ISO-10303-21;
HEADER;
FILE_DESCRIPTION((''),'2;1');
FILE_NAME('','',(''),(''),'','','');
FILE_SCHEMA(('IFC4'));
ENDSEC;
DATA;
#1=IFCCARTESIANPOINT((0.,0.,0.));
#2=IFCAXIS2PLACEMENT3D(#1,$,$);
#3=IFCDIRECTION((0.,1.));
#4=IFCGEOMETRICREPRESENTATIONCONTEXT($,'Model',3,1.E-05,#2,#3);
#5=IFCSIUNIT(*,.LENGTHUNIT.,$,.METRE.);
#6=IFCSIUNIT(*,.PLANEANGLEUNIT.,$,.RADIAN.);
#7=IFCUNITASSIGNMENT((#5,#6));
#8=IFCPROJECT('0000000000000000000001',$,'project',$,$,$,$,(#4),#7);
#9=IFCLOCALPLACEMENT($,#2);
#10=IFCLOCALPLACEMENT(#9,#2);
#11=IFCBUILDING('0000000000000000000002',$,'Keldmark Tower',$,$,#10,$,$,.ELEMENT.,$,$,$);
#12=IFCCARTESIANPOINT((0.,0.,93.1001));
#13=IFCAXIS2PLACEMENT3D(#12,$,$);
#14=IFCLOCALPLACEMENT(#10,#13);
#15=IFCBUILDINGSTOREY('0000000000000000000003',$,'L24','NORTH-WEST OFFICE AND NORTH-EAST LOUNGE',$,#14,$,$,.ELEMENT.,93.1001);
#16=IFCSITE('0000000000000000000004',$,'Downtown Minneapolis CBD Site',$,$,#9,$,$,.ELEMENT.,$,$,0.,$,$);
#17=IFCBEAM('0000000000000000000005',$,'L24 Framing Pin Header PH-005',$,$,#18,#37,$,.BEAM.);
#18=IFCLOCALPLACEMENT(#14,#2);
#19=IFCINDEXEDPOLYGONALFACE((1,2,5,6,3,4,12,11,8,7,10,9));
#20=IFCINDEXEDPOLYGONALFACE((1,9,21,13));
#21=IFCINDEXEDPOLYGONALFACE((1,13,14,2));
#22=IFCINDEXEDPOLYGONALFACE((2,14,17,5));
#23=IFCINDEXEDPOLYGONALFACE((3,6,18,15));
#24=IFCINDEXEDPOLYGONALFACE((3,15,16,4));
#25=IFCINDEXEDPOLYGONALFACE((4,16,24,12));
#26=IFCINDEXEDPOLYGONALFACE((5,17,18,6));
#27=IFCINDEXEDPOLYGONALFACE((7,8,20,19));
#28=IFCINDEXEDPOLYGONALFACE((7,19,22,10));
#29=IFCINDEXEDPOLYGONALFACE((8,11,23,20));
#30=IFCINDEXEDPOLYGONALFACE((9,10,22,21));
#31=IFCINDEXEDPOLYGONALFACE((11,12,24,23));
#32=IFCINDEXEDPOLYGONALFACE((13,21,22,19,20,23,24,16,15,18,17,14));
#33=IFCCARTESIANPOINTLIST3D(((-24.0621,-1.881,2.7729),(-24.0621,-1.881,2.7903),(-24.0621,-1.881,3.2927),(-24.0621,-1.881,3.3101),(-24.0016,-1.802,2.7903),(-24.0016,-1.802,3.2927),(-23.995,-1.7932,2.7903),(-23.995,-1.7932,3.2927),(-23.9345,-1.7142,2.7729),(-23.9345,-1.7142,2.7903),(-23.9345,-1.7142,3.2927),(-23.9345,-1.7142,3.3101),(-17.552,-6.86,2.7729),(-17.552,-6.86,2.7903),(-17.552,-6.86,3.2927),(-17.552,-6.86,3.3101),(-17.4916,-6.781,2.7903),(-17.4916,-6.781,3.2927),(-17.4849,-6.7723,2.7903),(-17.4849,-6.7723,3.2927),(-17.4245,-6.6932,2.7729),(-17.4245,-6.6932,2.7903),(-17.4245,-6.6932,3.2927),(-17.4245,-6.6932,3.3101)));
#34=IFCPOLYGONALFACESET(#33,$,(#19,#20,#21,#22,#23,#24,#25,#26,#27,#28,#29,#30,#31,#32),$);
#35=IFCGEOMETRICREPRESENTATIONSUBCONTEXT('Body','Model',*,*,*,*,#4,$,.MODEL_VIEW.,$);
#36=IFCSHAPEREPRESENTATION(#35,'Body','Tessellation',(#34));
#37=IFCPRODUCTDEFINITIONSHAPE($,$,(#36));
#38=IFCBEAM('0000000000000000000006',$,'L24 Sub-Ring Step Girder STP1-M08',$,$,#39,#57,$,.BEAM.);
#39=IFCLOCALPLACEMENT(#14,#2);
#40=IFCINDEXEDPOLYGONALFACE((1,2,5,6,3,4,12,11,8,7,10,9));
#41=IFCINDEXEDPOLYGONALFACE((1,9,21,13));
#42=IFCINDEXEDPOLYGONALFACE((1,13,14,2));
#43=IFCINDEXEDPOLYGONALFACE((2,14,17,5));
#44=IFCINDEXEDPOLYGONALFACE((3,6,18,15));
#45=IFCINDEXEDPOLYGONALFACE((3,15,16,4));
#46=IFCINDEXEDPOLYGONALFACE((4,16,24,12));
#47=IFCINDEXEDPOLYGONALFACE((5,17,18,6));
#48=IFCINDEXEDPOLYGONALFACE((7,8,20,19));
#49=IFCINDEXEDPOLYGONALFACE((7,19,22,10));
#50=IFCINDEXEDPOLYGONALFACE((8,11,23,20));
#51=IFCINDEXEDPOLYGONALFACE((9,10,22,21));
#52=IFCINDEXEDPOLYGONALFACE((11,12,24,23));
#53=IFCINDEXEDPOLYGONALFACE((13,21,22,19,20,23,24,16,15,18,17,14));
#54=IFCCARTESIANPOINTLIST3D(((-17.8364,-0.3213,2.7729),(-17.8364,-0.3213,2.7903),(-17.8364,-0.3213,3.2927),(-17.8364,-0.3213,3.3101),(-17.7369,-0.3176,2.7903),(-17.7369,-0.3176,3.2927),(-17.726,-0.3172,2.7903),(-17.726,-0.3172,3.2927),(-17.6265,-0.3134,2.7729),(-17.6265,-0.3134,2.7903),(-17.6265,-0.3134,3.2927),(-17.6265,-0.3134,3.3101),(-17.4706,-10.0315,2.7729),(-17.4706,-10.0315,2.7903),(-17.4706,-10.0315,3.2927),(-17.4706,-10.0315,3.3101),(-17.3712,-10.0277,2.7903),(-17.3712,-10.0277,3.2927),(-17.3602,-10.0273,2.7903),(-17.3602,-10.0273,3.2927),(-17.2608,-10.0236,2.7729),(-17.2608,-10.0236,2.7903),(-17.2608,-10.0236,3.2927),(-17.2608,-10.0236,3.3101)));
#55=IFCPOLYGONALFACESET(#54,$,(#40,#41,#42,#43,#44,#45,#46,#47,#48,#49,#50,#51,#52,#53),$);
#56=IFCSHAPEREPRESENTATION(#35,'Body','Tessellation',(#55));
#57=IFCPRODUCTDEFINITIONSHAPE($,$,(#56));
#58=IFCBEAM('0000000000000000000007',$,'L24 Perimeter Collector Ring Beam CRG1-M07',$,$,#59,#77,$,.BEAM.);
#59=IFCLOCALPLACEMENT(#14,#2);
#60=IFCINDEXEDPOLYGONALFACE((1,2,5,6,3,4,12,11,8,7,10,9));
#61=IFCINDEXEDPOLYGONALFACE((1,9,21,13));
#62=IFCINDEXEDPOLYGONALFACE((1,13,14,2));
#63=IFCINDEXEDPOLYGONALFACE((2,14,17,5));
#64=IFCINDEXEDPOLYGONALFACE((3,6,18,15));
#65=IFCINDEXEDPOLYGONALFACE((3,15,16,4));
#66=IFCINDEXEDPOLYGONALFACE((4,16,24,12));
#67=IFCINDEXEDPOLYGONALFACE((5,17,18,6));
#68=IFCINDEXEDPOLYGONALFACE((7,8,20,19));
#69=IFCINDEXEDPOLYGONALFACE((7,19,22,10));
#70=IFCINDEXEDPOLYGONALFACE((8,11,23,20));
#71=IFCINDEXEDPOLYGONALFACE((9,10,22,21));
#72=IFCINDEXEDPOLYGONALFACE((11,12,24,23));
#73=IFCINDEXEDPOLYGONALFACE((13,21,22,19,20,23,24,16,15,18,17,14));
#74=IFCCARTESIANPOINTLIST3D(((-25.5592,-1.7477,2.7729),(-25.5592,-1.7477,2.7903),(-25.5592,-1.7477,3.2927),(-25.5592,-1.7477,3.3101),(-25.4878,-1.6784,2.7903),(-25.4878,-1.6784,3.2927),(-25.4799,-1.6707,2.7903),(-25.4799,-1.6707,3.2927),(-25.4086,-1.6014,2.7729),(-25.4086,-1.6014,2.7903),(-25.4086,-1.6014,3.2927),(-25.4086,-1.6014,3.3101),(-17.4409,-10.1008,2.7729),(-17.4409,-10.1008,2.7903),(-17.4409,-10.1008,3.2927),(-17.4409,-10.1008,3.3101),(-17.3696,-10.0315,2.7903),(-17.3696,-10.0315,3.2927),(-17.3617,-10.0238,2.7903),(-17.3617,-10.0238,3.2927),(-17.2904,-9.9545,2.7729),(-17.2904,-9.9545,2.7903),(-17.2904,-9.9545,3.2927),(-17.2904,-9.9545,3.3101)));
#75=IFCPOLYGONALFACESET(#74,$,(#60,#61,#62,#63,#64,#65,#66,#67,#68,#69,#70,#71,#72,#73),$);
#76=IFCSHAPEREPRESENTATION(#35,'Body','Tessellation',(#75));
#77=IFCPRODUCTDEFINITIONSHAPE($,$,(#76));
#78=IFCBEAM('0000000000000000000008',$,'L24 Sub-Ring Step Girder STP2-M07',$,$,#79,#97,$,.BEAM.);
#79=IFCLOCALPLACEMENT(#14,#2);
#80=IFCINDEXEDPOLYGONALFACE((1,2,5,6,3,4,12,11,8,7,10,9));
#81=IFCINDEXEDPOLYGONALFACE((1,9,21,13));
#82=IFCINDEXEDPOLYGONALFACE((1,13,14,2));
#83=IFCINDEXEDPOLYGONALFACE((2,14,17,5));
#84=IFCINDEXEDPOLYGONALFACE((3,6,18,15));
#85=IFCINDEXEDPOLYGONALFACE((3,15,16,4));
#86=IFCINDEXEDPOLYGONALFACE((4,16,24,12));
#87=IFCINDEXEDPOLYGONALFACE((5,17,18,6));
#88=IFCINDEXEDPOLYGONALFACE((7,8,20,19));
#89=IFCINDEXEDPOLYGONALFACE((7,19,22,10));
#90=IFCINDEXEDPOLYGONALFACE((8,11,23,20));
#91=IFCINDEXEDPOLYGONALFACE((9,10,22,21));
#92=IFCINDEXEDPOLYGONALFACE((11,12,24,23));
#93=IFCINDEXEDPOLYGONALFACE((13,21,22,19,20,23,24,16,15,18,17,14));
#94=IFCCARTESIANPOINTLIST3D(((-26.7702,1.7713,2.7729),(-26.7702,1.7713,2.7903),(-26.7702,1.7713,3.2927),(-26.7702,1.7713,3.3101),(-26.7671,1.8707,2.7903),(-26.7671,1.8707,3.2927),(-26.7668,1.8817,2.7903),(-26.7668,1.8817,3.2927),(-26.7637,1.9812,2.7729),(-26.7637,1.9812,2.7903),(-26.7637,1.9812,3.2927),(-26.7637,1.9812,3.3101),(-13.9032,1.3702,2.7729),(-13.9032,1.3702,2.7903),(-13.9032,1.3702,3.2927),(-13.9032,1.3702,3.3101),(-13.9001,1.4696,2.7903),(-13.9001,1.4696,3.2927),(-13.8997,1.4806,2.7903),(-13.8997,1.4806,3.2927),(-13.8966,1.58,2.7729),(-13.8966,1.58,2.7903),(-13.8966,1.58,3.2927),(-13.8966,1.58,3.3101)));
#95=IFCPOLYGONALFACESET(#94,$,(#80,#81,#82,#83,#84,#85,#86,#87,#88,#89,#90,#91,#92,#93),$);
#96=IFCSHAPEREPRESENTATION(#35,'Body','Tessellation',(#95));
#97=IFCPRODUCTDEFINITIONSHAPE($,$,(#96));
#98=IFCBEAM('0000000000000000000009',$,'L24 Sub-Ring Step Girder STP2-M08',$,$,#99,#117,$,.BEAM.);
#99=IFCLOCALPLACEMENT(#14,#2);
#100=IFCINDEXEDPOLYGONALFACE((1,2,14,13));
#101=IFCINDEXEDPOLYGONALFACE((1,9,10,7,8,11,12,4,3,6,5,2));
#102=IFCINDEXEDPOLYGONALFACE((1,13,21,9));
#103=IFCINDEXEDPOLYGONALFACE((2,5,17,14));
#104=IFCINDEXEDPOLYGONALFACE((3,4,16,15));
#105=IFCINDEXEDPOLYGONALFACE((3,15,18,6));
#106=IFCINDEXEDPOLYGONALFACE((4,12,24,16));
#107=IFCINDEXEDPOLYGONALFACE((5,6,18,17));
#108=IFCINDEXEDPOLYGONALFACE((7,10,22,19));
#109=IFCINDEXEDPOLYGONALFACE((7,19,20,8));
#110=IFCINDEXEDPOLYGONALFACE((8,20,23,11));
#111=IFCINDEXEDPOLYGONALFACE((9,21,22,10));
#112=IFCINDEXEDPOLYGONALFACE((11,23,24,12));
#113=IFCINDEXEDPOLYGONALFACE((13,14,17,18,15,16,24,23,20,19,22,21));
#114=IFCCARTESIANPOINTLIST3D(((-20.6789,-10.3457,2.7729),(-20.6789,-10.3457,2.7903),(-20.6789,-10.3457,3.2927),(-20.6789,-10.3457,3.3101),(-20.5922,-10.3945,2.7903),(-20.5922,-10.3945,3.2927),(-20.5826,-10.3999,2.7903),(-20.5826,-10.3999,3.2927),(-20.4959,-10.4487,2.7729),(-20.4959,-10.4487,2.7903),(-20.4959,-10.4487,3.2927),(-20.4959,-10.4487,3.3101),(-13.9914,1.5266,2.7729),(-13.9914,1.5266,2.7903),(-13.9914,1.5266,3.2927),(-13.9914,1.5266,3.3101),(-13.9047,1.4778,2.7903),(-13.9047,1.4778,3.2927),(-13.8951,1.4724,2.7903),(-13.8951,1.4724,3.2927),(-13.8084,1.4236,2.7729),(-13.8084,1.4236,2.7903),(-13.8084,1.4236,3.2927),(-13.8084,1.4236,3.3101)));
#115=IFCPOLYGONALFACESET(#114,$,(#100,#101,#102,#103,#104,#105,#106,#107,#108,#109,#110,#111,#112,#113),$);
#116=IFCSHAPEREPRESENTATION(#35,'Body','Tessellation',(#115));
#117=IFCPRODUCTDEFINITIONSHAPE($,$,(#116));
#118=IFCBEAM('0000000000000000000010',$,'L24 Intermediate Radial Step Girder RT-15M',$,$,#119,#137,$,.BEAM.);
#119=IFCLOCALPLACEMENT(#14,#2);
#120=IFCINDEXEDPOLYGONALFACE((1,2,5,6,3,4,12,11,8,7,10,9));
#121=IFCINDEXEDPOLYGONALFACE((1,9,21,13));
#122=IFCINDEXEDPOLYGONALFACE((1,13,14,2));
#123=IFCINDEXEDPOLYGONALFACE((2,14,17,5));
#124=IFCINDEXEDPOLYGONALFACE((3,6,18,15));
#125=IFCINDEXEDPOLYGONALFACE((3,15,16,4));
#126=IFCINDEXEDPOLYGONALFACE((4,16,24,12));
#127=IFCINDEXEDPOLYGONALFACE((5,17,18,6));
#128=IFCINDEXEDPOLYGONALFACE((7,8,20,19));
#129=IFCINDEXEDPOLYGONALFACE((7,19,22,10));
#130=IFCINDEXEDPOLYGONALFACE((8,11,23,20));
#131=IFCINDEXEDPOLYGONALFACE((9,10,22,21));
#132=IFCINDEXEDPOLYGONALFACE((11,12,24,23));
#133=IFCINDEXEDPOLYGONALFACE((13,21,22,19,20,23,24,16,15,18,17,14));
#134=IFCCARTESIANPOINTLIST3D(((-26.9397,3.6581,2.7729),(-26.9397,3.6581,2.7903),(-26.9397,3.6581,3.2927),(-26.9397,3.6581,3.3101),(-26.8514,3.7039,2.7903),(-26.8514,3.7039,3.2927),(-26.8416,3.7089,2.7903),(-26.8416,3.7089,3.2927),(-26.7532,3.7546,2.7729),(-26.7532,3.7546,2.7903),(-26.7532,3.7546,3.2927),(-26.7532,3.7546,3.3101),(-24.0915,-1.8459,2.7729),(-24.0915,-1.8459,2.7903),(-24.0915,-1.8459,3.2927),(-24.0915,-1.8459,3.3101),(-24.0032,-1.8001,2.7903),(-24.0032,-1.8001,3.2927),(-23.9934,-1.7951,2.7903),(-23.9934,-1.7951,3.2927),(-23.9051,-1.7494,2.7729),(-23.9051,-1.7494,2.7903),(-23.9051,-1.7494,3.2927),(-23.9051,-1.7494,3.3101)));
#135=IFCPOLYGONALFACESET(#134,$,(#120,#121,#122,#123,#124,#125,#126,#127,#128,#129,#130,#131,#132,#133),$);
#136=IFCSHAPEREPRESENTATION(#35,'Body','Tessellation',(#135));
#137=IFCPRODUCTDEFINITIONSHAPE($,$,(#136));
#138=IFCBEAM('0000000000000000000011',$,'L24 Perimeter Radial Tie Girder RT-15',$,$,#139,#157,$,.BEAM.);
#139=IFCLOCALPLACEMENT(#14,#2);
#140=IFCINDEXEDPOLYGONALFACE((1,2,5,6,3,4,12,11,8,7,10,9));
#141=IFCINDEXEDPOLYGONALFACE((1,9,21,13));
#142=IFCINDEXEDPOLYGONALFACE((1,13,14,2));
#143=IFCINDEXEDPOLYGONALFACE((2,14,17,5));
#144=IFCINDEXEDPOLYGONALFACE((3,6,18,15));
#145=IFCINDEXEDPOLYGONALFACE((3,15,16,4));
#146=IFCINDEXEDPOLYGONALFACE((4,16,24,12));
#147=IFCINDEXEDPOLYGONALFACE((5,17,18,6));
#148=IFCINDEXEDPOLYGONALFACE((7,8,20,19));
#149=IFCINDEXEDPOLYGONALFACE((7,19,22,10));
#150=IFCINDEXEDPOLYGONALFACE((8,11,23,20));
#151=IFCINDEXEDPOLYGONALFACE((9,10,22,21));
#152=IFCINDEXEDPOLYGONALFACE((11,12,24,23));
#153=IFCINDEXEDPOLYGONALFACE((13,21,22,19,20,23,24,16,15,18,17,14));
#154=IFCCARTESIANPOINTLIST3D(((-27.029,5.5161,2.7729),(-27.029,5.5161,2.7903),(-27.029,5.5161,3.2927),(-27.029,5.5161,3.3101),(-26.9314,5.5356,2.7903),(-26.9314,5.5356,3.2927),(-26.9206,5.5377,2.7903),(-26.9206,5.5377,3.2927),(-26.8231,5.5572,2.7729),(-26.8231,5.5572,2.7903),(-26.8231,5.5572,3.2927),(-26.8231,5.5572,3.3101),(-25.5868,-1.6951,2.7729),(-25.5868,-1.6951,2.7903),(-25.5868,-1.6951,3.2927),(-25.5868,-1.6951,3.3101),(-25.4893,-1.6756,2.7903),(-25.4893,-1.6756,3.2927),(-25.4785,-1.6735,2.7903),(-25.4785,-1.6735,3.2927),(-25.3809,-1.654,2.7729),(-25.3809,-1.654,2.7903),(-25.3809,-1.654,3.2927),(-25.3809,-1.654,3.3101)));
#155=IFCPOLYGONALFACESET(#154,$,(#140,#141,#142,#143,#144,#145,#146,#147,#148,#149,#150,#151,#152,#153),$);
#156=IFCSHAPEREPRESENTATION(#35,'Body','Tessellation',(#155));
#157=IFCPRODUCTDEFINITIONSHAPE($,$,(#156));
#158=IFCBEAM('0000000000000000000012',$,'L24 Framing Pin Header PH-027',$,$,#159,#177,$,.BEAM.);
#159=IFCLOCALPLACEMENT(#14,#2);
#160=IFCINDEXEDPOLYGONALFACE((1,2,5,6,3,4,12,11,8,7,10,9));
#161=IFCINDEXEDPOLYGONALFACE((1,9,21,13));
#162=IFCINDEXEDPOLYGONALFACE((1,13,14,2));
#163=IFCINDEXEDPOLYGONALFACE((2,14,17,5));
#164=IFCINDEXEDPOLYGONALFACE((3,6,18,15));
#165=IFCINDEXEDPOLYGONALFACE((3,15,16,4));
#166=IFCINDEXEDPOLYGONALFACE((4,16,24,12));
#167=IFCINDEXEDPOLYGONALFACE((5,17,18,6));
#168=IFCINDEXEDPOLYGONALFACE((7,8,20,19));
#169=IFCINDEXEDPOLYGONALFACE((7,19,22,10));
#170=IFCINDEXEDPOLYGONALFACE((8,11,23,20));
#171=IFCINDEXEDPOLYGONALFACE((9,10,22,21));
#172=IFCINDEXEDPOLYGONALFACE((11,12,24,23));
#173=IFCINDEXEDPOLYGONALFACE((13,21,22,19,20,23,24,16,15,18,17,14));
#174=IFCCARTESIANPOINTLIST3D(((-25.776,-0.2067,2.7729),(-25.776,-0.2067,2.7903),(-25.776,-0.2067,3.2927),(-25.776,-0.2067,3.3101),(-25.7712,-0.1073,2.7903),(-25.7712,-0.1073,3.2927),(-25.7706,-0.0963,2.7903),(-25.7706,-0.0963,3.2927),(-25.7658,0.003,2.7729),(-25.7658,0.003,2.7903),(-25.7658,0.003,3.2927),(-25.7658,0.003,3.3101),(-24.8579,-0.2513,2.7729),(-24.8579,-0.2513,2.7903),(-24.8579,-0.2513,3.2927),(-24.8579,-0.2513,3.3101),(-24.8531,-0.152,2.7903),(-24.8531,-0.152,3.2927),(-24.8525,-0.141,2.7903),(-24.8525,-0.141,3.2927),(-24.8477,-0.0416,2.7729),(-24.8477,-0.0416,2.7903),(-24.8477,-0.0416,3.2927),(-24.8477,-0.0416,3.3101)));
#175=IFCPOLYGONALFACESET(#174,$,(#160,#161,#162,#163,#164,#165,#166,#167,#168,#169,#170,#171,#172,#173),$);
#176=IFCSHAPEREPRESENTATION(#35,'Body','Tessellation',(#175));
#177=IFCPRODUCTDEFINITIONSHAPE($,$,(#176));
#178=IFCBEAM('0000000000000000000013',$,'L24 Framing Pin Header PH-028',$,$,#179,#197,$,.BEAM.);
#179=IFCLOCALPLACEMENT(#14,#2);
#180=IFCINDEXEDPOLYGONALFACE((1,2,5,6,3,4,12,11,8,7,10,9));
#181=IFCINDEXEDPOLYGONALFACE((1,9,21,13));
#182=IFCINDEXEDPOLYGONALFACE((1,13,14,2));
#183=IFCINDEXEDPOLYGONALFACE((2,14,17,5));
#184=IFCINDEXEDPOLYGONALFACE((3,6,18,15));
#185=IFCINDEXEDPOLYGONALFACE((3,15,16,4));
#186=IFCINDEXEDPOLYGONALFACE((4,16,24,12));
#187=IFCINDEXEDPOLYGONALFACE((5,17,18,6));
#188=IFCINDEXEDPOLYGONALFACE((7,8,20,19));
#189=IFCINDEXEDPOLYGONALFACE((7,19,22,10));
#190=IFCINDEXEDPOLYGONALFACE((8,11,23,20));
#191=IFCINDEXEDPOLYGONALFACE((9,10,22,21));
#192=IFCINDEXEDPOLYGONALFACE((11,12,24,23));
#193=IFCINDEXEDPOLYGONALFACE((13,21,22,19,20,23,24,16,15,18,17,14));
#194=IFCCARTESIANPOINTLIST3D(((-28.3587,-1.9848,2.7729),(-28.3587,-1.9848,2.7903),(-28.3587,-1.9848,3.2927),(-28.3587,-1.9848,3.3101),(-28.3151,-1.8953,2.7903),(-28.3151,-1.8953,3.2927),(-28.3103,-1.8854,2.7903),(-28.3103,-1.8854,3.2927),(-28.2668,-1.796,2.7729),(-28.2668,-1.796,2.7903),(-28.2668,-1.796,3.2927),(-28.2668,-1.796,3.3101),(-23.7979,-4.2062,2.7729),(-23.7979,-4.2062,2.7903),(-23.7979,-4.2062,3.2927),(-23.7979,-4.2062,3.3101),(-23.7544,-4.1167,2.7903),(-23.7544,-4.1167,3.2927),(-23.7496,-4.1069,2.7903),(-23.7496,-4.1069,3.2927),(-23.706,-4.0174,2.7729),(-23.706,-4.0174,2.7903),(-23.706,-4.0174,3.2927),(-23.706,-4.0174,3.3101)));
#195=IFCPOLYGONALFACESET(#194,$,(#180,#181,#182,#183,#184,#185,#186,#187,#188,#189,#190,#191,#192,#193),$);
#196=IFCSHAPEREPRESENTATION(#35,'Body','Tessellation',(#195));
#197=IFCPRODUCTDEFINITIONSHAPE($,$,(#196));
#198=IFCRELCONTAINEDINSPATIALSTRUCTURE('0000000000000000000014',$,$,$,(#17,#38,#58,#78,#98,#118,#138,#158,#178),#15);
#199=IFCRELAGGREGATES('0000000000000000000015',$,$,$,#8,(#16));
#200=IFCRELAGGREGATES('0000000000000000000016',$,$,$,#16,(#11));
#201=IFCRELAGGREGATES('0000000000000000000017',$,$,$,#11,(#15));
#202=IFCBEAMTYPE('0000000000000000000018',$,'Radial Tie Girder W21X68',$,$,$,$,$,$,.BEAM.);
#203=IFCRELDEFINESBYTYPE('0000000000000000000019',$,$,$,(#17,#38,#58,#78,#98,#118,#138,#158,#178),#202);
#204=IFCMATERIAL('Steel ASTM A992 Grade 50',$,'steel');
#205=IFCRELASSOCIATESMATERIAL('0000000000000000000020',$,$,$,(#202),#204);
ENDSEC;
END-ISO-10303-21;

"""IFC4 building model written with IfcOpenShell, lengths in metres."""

from ifc_helpers import new_model, si_unit, direction, frame, origin, origin_2d, place, context, subcontext, project, spatial, i_section, extrude, material, material_profile, profile_set, type_object, element, save


model = new_model("IFC4")

# Units and contexts
model_context = context("Model", 3, precision=1e-05, world=origin(), true_north=direction((0.0, 1.0)))
body_context = subcontext(model_context, "Body", "Model", "MODEL_VIEW")
ifc_project = project(units=[si_unit("LENGTHUNIT", "METRE"), si_unit("PLANEANGLEUNIT", "RADIAN")], contexts=[model_context])

# Site, building, storey
site_placement = place(None, origin())
site = spatial("IfcSite", under=ifc_project, at=site_placement, Name="Downtown Minneapolis CBD Site", CompositionType="ELEMENT", RefElevation=0.0)
building_placement = place(site_placement, origin())
building = spatial("IfcBuilding", under=site, at=building_placement, Name="Keldmark Tower", CompositionType="ELEMENT")
storey_placement = place(building_placement, frame((0.0, 0.0, 93.1001)))
storey = spatial("IfcBuildingStorey", under=building, at=storey_placement, Name="L24", Description="NORTH-WEST OFFICE AND NORTH-EAST LOUNGE", CompositionType="ELEMENT", Elevation=93.1001)

# Beams
ifc_material_1 = material(Name="Steel ASTM A992 Grade 50", Category="steel")
ifc_material_profile_1 = material_profile(ifc_material_1, i_section(OverallWidth=0.21, OverallDepth=0.5371, WebThickness=0.011, FlangeThickness=0.0173, at=origin_2d()), Name="W21X68")
ifc_profile_set_1 = profile_set([ifc_material_profile_1], Name="Steel ASTM A992 Grade 50")
beam_type_1 = type_object("IfcBeamType", Name="Radial Tie Girder W21X68", PredefinedType="BEAM", material=ifc_profile_set_1)
beam_1_placement = place(storey_placement, frame((-23.9983, -1.7976, 3.0415), z_axis=(0.794313, -0.607509, 0.0), x_axis=(0.607509, 0.794313, 0.0)))
element("IfcBeam", 1, at=beam_1_placement, inside=storey, type_object=beam_type_1, Name="L24 Framing Pin Header PH-005", PredefinedType="BEAM", context=body_context, shape_type="SweptSolid", body=[
    extrude(i_section(OverallWidth=0.21, OverallDepth=0.5371, WebThickness=0.011, FlangeThickness=0.0173, at=origin_2d()), origin(), (0.0, 0.0, 1.0), 8.1958),
])
beam_2_placement = place(storey_placement, frame((-17.7314, -0.3174, 3.0415), z_axis=(0.037637, -0.999291, 0.0), x_axis=(0.999291, 0.037637, 0.0)))
element("IfcBeam", 2, at=beam_2_placement, inside=storey, type_object=beam_type_1, Name="L24 Sub-Ring Step Girder STP1-M08", PredefinedType="BEAM", context=body_context, shape_type="SweptSolid", body=[
    extrude(i_section(OverallWidth=0.21, OverallDepth=0.5371, WebThickness=0.011, FlangeThickness=0.0173, at=origin_2d()), origin(), (0.0, 0.0, 1.0), 9.717),
])
beam_3_placement = place(storey_placement, frame((-25.4839, -1.6746, 3.0415), z_axis=(0.696953, -0.717117, 0.0), x_axis=(0.717117, 0.696953, 0.0)))
element("IfcBeam", 3, at=beam_3_placement, inside=storey, type_object=beam_type_1, Name="L24 Perimeter Collector Ring Beam CRG1-M07", PredefinedType="BEAM", context=body_context, shape_type="SweptSolid", body=[
    extrude(i_section(OverallWidth=0.21, OverallDepth=0.5371, WebThickness=0.011, FlangeThickness=0.0173, at=origin_2d()), origin(), (0.0, 0.0, 1.0), 11.6482),
])
beam_4_placement = place(storey_placement, frame((-13.8999, 1.4751, 3.0415), z_axis=(-0.999514, 0.03116, 0.0), x_axis=(-0.03116, -0.999514, 0.0)))
element("IfcBeam", 4, at=beam_4_placement, inside=storey, type_object=beam_type_1, Name="L24 Sub-Ring Step Girder STP2-M07", PredefinedType="BEAM", context=body_context, shape_type="SweptSolid", body=[
    extrude(i_section(OverallWidth=0.21, OverallDepth=0.5371, WebThickness=0.011, FlangeThickness=0.0173, at=origin_2d()), origin(), (0.0, 0.0, 1.0), 12.8733),
])
beam_5_placement = place(storey_placement, frame((-13.8999, 1.4751, 3.0415), z_axis=(-0.490781, -0.871283, 0.0), x_axis=(0.871283, -0.490781, 0.0)))
element("IfcBeam", 5, at=beam_5_placement, inside=storey, type_object=beam_type_1, Name="L24 Sub-Ring Step Girder STP2-M08", PredefinedType="BEAM", context=body_context, shape_type="SweptSolid", body=[
    extrude(i_section(OverallWidth=0.21, OverallDepth=0.5371, WebThickness=0.011, FlangeThickness=0.0173, at=origin_2d()), origin(), (0.0, 0.0, 1.0), 13.6262),
])
beam_6_placement = place(storey_placement, frame((-23.9983, -1.7976, 3.0415), z_axis=(-0.459588, 0.888132, 0.0), x_axis=(-0.888132, -0.459588, 0.0)))
element("IfcBeam", 6, at=beam_6_placement, inside=storey, type_object=beam_type_1, Name="L24 Intermediate Radial Step Girder RT-15M", PredefinedType="BEAM", context=body_context, shape_type="SweptSolid", body=[
    extrude(i_section(OverallWidth=0.21, OverallDepth=0.5371, WebThickness=0.011, FlangeThickness=0.0173, at=origin_2d()), origin(), (0.0, 0.0, 1.0), 6.1973),
])
beam_7_placement = place(storey_placement, frame((-25.4839, -1.6746, 3.0415), z_axis=(-0.196103, 0.980583, 0.0), x_axis=(-0.980583, -0.196103, 0.0)))
element("IfcBeam", 7, at=beam_7_placement, inside=storey, type_object=beam_type_1, Name="L24 Perimeter Radial Tie Girder RT-15", PredefinedType="BEAM", context=body_context, shape_type="SweptSolid", body=[
    extrude(i_section(OverallWidth=0.21, OverallDepth=0.5371, WebThickness=0.011, FlangeThickness=0.0173, at=origin_2d()), origin(), (0.0, 0.0, 1.0), 7.354),
])
beam_8_placement = place(storey_placement, frame((-24.8528, -0.1465, 3.0415), z_axis=(-0.998818, 0.0486, 0.0), x_axis=(-0.0486, -0.998818, 0.0)))
element("IfcBeam", 8, at=beam_8_placement, inside=storey, type_object=beam_type_1, Name="L24 Framing Pin Header PH-027", PredefinedType="BEAM", context=body_context, shape_type="SweptSolid", body=[
    extrude(i_section(OverallWidth=0.21, OverallDepth=0.5371, WebThickness=0.011, FlangeThickness=0.0173, at=origin_2d()), origin(), (0.0, 0.0, 1.0), 0.9192),
])
beam_9_placement = place(storey_placement, frame((-28.3127, -1.8904, 3.0415), z_axis=(0.899028, -0.437892, 0.0), x_axis=(0.437892, 0.899028, 0.0)))
element("IfcBeam", 9, at=beam_9_placement, inside=storey, type_object=beam_type_1, Name="L24 Framing Pin Header PH-028", PredefinedType="BEAM", context=body_context, shape_type="SweptSolid", body=[
    extrude(i_section(OverallWidth=0.21, OverallDepth=0.5371, WebThickness=0.011, FlangeThickness=0.0173, at=origin_2d()), origin(), (0.0, 0.0, 1.0), 5.073),
])

save(model, "model.ifc")
